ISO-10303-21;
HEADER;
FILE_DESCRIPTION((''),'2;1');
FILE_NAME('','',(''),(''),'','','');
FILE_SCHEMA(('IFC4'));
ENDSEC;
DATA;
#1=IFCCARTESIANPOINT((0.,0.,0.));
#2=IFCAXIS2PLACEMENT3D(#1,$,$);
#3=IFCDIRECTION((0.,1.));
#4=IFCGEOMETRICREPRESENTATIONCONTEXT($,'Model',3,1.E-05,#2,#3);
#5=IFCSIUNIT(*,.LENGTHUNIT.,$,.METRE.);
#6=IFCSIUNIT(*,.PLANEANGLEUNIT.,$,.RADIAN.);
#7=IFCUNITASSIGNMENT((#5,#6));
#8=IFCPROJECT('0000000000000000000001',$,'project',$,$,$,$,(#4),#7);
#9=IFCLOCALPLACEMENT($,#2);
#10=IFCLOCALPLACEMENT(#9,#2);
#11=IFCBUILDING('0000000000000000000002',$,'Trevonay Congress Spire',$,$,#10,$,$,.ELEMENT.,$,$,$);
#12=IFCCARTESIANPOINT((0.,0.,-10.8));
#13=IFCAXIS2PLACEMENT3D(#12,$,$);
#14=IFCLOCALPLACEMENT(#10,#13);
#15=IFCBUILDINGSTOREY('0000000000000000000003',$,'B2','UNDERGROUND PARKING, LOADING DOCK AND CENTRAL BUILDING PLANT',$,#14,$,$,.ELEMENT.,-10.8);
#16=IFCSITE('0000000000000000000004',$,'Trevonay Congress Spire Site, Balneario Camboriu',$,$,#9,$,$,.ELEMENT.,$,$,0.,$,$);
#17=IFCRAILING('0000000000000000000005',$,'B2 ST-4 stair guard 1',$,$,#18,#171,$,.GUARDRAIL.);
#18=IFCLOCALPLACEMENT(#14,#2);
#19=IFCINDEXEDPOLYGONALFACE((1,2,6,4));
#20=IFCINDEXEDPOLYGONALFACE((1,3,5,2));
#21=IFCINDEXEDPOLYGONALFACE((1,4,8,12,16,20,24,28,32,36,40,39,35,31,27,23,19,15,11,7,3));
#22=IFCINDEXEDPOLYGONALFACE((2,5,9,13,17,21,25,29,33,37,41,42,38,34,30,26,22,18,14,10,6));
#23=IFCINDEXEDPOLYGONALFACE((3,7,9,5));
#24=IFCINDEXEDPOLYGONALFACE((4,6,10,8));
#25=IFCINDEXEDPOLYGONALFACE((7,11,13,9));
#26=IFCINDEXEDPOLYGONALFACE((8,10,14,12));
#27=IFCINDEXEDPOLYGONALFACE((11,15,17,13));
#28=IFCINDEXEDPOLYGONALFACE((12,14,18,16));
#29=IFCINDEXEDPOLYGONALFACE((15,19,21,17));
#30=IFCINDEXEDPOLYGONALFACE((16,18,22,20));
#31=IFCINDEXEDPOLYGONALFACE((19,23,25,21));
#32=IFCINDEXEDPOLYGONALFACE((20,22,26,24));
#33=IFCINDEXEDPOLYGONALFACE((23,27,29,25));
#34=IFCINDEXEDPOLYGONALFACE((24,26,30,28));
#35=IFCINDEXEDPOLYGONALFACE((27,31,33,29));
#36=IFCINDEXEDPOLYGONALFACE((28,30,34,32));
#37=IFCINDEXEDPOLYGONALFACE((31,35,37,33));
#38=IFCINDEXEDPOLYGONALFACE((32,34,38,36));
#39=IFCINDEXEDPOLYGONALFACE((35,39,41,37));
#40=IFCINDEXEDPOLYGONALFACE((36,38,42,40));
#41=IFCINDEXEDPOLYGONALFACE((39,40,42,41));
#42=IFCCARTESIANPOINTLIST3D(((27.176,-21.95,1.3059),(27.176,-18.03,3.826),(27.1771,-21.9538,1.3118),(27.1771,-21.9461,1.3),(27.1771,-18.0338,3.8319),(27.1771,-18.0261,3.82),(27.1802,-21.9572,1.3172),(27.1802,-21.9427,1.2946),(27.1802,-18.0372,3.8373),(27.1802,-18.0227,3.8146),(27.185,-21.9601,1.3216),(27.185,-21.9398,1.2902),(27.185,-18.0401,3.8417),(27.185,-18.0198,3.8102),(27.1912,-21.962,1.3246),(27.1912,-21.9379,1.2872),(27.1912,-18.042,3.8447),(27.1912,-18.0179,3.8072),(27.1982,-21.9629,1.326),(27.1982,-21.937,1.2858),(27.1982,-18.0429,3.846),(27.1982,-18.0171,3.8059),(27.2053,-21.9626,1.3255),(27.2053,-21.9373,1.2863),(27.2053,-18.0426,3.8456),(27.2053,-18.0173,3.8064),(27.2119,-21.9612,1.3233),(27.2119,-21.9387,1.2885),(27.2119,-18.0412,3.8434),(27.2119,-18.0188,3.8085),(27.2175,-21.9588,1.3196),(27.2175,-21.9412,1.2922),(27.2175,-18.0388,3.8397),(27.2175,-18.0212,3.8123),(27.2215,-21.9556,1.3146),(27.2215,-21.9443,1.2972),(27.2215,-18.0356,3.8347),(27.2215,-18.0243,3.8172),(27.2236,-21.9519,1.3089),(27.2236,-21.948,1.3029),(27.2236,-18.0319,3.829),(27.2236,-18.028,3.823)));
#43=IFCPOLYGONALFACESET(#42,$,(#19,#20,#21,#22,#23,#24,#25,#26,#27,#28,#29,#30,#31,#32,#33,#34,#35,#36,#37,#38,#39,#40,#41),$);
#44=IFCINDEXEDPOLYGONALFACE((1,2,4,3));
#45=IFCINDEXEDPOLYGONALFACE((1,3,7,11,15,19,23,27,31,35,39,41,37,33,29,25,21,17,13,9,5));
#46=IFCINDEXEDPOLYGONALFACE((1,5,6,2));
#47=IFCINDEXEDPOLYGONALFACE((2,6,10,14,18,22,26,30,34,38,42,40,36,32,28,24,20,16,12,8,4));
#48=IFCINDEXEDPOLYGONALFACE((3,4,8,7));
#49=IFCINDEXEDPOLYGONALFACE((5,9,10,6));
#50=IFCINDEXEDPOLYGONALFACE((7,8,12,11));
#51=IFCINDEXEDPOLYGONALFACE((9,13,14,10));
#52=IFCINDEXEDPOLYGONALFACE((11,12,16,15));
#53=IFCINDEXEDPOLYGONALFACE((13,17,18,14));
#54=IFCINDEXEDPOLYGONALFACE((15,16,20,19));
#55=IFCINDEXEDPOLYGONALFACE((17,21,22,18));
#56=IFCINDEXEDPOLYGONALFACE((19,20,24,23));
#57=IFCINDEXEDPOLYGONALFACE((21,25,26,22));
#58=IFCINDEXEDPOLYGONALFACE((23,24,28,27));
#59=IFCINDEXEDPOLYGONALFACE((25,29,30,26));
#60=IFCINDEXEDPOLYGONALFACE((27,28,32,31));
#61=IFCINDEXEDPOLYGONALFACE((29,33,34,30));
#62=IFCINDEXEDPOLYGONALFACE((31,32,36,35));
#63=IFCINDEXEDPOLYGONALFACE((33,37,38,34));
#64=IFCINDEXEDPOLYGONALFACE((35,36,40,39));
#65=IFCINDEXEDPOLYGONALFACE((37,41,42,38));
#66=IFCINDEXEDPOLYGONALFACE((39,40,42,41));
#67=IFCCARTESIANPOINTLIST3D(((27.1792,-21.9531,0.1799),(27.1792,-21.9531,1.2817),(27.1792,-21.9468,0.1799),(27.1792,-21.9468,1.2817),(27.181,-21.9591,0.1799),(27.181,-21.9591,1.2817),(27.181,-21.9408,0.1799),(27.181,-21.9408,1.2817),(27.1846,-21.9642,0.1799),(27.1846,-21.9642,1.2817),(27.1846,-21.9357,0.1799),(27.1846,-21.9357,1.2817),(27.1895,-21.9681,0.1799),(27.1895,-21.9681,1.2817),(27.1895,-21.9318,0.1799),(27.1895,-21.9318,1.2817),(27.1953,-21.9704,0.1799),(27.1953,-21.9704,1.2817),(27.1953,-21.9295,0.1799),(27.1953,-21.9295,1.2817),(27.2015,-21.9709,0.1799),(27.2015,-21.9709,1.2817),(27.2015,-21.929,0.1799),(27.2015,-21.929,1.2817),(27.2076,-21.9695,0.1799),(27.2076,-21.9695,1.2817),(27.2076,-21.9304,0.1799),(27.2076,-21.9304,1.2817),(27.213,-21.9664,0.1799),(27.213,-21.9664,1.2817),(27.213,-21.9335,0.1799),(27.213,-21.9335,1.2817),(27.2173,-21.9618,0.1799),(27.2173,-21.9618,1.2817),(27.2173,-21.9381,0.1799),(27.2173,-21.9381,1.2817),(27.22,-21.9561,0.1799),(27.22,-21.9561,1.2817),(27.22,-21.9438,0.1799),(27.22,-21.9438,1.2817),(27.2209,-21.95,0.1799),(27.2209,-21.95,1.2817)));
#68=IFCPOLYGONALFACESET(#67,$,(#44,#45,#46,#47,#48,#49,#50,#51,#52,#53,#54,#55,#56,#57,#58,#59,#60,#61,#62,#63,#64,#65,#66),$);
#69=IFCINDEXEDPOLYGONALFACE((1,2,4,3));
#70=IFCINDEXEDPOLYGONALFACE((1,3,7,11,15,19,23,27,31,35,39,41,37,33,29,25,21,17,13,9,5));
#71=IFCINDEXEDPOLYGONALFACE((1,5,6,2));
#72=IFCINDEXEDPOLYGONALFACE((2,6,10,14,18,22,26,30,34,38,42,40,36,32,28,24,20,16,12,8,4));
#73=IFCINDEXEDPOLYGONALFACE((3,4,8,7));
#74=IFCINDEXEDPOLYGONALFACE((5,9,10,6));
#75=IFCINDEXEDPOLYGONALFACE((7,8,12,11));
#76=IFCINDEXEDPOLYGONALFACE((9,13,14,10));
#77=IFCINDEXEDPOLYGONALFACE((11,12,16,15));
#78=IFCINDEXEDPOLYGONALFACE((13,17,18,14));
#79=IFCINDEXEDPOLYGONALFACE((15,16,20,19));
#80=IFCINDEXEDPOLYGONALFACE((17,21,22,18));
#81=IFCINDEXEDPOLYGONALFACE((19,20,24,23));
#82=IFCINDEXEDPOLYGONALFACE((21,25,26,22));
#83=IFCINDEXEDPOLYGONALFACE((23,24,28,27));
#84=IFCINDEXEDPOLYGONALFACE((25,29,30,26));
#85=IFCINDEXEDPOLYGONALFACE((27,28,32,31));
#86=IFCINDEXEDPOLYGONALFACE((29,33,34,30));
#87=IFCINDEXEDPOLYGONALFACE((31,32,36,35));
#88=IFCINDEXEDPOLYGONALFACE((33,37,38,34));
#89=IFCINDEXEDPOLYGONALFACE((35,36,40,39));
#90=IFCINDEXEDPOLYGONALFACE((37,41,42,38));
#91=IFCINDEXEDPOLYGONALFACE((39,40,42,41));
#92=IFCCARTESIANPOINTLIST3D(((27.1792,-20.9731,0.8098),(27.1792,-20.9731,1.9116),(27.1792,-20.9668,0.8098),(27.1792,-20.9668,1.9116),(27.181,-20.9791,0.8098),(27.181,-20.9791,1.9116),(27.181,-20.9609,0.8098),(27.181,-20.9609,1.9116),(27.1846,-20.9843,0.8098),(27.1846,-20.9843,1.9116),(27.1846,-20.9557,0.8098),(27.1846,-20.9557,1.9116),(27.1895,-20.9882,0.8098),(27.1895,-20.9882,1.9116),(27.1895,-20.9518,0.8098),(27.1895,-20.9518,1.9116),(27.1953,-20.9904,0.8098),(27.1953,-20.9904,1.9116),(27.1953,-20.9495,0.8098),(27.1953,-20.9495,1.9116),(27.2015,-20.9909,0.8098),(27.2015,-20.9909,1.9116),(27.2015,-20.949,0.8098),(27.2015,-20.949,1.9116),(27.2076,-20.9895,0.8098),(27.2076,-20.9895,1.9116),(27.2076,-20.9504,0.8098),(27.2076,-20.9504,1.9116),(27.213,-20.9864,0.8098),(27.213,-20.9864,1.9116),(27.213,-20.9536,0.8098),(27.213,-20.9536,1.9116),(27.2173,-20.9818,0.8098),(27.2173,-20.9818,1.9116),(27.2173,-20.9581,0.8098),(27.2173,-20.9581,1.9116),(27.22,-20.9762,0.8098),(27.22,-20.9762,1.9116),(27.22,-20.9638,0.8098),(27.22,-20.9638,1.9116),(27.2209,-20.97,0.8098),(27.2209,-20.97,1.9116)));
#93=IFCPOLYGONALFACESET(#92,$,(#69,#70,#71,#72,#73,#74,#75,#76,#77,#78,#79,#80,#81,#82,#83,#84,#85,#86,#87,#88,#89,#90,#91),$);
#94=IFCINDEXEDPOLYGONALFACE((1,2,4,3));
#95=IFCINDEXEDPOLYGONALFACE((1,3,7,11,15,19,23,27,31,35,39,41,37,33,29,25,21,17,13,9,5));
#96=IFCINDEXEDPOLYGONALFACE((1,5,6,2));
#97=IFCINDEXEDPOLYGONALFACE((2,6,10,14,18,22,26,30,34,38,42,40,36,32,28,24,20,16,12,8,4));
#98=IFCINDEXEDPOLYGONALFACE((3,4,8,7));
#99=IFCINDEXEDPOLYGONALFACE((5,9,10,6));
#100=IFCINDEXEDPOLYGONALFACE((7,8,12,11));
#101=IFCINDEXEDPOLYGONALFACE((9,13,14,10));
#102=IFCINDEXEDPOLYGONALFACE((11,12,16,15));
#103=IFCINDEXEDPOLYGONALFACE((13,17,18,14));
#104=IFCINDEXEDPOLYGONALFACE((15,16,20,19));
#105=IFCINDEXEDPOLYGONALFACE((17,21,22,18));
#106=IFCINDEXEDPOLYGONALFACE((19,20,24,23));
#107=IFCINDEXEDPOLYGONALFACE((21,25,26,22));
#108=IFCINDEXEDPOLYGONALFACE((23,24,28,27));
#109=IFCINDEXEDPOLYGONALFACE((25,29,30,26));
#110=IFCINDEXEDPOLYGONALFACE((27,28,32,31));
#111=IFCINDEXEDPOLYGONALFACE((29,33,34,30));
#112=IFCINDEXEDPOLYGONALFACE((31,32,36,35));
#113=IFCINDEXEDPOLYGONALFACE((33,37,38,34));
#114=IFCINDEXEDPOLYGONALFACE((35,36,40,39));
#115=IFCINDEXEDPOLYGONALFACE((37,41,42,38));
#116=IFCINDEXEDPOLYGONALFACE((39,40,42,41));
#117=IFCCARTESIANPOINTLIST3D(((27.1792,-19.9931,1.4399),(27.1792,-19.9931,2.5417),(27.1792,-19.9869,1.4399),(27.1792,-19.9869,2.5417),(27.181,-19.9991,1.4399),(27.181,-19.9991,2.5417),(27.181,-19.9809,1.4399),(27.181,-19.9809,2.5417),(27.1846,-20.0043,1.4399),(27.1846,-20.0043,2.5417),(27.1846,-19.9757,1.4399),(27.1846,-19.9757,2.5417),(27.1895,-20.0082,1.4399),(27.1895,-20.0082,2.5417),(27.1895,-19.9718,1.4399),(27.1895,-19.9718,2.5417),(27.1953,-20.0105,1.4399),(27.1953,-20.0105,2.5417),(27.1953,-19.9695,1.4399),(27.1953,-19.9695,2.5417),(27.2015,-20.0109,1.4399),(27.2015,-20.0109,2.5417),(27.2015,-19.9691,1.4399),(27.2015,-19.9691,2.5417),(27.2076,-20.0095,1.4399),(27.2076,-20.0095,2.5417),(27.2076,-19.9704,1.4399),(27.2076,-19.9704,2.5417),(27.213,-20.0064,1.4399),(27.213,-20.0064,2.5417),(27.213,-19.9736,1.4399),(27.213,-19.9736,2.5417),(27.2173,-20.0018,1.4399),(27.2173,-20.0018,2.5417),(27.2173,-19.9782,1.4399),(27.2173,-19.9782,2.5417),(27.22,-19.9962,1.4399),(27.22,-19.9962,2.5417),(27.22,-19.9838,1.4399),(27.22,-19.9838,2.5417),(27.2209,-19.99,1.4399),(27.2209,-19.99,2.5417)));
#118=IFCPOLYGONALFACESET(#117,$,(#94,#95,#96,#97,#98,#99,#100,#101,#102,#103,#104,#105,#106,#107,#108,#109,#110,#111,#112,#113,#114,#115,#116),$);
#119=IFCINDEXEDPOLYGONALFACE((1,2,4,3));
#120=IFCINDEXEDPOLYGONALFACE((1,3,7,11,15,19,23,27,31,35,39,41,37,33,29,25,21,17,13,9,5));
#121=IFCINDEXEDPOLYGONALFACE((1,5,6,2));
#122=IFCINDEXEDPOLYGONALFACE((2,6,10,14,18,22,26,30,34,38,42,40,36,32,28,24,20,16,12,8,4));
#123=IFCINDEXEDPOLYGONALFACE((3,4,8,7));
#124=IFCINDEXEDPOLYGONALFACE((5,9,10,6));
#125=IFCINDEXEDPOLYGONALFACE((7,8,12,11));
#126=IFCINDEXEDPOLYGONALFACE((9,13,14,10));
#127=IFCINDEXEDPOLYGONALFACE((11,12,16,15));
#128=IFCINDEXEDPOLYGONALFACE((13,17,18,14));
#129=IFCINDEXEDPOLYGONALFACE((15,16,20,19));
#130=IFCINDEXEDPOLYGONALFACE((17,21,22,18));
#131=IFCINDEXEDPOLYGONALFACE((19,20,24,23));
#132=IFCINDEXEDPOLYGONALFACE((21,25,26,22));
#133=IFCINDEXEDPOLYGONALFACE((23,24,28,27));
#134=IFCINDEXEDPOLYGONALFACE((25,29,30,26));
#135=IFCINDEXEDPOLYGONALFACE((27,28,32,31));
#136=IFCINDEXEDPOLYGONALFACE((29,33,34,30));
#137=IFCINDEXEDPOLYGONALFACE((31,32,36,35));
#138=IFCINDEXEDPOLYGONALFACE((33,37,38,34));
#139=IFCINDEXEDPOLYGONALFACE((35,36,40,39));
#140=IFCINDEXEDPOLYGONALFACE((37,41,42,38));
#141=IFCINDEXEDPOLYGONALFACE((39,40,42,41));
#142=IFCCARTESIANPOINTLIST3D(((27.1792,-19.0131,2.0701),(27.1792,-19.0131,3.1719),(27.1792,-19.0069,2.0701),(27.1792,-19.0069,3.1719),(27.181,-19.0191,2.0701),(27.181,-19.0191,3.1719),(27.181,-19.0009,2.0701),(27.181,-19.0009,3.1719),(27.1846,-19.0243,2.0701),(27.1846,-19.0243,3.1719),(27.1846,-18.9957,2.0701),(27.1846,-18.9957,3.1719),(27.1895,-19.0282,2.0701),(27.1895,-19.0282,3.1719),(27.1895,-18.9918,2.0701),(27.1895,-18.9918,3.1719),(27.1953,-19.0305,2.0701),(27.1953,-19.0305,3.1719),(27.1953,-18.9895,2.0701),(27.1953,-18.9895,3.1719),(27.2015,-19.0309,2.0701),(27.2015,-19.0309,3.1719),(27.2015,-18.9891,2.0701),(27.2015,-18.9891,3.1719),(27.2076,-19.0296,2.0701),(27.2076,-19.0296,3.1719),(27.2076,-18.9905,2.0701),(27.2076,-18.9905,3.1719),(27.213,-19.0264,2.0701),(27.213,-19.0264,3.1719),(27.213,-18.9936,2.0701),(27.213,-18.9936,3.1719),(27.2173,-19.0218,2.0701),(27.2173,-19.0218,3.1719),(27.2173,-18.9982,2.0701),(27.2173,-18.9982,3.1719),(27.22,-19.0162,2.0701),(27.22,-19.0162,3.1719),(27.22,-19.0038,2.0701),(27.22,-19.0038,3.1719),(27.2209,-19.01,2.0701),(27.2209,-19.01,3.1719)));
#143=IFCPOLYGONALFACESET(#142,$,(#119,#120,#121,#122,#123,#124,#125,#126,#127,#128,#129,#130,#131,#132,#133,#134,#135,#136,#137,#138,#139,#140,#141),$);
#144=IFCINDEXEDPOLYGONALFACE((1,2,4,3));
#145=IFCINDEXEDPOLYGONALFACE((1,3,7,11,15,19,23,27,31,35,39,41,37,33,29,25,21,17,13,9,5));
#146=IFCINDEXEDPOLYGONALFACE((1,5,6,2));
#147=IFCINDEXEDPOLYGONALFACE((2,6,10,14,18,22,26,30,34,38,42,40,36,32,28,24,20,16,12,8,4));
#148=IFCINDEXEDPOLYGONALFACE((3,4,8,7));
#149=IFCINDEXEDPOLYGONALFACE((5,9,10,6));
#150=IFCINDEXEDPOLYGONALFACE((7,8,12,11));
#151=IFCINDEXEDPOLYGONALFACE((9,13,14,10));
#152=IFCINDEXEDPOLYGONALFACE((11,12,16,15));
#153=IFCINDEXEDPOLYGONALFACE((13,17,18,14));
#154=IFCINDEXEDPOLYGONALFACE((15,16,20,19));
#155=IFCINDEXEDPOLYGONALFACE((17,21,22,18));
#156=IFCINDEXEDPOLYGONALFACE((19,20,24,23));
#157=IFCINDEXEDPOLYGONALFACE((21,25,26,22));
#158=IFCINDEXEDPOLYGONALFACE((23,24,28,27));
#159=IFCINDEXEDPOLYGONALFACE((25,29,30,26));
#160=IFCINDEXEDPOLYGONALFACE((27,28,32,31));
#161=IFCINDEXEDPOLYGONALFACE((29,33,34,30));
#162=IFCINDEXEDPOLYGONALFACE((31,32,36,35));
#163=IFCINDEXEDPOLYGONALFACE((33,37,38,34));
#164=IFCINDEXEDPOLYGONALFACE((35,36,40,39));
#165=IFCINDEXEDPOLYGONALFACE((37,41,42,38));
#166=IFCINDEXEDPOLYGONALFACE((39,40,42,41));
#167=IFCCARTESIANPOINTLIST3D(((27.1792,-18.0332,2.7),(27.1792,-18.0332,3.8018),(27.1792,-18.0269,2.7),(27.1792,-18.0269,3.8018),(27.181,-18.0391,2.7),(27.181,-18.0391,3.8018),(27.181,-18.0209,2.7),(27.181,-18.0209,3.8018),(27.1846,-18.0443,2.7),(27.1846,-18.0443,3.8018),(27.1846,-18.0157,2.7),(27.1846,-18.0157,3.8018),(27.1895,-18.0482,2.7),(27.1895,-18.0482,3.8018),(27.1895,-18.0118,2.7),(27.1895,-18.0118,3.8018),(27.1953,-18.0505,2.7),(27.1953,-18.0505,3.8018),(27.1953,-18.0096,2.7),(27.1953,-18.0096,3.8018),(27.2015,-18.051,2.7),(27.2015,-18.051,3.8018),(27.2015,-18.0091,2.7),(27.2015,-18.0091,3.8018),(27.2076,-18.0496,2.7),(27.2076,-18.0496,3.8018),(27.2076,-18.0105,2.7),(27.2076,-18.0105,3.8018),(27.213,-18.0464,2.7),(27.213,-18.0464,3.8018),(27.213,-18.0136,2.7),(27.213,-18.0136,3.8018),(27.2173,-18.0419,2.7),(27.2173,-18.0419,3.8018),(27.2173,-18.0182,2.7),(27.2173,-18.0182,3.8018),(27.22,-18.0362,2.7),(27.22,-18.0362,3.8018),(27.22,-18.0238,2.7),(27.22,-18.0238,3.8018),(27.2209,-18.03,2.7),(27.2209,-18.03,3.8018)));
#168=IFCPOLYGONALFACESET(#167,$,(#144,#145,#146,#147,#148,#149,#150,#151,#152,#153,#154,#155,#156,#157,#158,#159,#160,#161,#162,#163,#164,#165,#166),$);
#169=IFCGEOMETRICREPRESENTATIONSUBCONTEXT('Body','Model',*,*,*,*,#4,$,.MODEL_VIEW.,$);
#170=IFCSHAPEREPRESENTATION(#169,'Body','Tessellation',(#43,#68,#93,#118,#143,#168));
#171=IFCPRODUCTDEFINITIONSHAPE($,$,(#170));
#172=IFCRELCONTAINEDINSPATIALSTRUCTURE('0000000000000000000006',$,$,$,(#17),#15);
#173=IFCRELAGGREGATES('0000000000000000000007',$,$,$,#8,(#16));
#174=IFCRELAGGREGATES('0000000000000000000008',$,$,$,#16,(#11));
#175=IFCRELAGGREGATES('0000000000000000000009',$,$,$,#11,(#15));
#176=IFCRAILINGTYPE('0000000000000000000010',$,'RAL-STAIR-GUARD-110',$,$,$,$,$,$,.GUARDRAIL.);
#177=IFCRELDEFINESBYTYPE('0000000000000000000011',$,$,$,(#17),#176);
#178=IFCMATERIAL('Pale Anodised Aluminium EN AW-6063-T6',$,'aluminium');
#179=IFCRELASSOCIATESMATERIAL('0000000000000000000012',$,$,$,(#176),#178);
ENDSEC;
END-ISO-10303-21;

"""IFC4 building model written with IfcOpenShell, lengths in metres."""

from ifc_helpers import new_model, si_unit, direction, frame, origin, origin_2d, place, context, subcontext, project, spatial, circle, extrude, material, type_object, element, save


model = new_model("IFC4")

# Units and contexts
model_context = context("Model", 3, precision=1e-05, world=origin(), true_north=direction((0.0, 1.0)))
body_context = subcontext(model_context, "Body", "Model", "MODEL_VIEW")
ifc_project = project(units=[si_unit("LENGTHUNIT", "METRE"), si_unit("PLANEANGLEUNIT", "RADIAN")], contexts=[model_context])

# Site, building, storey
site_placement = place(None, origin())
site = spatial("IfcSite", under=ifc_project, at=site_placement, Name="Trevonay Congress Spire Site, Balneario Camboriu", CompositionType="ELEMENT", RefElevation=0.0)
building_placement = place(site_placement, origin())
building = spatial("IfcBuilding", under=site, at=building_placement, Name="Trevonay Congress Spire", CompositionType="ELEMENT")
storey_placement = place(building_placement, frame((0.0, 0.0, -10.8)))
storey = spatial("IfcBuildingStorey", under=building, at=storey_placement, Name="B2", Description="UNDERGROUND PARKING, LOADING DOCK AND CENTRAL BUILDING PLANT", CompositionType="ELEMENT", Elevation=-10.8)

# Railing
ifc_material_1 = material(Name="Pale Anodised Aluminium EN AW-6063-T6", Category="aluminium")
railing_type_1 = type_object("IfcRailingType", Name="RAL-STAIR-GUARD-110", PredefinedType="GUARDRAIL", material=ifc_material_1)
railing_1_placement = place(storey_placement, frame((27.2, -21.95, 0.1799)))
element("IfcRailing", 1, at=railing_1_placement, inside=storey, type_object=railing_type_1, Name="B2 ST-4 stair guard 1", PredefinedType="GUARDRAIL", context=body_context, shape_type="SweptSolid", body=[
    extrude(circle(Radius=0.0239, at=origin_2d()), frame((0.0, 0.0, 1.126), z_axis=(0.0, 0.841172, 0.540768), x_axis=(-1.0, 0.0, 0.0)), (0.0, 0.0, 1.0), 4.6602),
    extrude(circle(Radius=0.021, at=origin_2d()), origin(), (0.0, 0.0, 1.0), 1.1018),
    extrude(circle(Radius=0.021, at=origin_2d()), frame((0.0, 0.98, 0.6299)), (0.0, 0.0, 1.0), 1.1018),
    extrude(circle(Radius=0.021, at=origin_2d()), frame((0.0, 1.96, 1.26)), (0.0, 0.0, 1.0), 1.1018),
    extrude(circle(Radius=0.021, at=origin_2d()), frame((0.0, 2.9399, 1.8901)), (0.0, 0.0, 1.0), 1.1018),
    extrude(circle(Radius=0.021, at=origin_2d()), frame((0.0, 3.9199, 2.52)), (0.0, 0.0, 1.0), 1.1018),
])

save(model, "model.ifc")
